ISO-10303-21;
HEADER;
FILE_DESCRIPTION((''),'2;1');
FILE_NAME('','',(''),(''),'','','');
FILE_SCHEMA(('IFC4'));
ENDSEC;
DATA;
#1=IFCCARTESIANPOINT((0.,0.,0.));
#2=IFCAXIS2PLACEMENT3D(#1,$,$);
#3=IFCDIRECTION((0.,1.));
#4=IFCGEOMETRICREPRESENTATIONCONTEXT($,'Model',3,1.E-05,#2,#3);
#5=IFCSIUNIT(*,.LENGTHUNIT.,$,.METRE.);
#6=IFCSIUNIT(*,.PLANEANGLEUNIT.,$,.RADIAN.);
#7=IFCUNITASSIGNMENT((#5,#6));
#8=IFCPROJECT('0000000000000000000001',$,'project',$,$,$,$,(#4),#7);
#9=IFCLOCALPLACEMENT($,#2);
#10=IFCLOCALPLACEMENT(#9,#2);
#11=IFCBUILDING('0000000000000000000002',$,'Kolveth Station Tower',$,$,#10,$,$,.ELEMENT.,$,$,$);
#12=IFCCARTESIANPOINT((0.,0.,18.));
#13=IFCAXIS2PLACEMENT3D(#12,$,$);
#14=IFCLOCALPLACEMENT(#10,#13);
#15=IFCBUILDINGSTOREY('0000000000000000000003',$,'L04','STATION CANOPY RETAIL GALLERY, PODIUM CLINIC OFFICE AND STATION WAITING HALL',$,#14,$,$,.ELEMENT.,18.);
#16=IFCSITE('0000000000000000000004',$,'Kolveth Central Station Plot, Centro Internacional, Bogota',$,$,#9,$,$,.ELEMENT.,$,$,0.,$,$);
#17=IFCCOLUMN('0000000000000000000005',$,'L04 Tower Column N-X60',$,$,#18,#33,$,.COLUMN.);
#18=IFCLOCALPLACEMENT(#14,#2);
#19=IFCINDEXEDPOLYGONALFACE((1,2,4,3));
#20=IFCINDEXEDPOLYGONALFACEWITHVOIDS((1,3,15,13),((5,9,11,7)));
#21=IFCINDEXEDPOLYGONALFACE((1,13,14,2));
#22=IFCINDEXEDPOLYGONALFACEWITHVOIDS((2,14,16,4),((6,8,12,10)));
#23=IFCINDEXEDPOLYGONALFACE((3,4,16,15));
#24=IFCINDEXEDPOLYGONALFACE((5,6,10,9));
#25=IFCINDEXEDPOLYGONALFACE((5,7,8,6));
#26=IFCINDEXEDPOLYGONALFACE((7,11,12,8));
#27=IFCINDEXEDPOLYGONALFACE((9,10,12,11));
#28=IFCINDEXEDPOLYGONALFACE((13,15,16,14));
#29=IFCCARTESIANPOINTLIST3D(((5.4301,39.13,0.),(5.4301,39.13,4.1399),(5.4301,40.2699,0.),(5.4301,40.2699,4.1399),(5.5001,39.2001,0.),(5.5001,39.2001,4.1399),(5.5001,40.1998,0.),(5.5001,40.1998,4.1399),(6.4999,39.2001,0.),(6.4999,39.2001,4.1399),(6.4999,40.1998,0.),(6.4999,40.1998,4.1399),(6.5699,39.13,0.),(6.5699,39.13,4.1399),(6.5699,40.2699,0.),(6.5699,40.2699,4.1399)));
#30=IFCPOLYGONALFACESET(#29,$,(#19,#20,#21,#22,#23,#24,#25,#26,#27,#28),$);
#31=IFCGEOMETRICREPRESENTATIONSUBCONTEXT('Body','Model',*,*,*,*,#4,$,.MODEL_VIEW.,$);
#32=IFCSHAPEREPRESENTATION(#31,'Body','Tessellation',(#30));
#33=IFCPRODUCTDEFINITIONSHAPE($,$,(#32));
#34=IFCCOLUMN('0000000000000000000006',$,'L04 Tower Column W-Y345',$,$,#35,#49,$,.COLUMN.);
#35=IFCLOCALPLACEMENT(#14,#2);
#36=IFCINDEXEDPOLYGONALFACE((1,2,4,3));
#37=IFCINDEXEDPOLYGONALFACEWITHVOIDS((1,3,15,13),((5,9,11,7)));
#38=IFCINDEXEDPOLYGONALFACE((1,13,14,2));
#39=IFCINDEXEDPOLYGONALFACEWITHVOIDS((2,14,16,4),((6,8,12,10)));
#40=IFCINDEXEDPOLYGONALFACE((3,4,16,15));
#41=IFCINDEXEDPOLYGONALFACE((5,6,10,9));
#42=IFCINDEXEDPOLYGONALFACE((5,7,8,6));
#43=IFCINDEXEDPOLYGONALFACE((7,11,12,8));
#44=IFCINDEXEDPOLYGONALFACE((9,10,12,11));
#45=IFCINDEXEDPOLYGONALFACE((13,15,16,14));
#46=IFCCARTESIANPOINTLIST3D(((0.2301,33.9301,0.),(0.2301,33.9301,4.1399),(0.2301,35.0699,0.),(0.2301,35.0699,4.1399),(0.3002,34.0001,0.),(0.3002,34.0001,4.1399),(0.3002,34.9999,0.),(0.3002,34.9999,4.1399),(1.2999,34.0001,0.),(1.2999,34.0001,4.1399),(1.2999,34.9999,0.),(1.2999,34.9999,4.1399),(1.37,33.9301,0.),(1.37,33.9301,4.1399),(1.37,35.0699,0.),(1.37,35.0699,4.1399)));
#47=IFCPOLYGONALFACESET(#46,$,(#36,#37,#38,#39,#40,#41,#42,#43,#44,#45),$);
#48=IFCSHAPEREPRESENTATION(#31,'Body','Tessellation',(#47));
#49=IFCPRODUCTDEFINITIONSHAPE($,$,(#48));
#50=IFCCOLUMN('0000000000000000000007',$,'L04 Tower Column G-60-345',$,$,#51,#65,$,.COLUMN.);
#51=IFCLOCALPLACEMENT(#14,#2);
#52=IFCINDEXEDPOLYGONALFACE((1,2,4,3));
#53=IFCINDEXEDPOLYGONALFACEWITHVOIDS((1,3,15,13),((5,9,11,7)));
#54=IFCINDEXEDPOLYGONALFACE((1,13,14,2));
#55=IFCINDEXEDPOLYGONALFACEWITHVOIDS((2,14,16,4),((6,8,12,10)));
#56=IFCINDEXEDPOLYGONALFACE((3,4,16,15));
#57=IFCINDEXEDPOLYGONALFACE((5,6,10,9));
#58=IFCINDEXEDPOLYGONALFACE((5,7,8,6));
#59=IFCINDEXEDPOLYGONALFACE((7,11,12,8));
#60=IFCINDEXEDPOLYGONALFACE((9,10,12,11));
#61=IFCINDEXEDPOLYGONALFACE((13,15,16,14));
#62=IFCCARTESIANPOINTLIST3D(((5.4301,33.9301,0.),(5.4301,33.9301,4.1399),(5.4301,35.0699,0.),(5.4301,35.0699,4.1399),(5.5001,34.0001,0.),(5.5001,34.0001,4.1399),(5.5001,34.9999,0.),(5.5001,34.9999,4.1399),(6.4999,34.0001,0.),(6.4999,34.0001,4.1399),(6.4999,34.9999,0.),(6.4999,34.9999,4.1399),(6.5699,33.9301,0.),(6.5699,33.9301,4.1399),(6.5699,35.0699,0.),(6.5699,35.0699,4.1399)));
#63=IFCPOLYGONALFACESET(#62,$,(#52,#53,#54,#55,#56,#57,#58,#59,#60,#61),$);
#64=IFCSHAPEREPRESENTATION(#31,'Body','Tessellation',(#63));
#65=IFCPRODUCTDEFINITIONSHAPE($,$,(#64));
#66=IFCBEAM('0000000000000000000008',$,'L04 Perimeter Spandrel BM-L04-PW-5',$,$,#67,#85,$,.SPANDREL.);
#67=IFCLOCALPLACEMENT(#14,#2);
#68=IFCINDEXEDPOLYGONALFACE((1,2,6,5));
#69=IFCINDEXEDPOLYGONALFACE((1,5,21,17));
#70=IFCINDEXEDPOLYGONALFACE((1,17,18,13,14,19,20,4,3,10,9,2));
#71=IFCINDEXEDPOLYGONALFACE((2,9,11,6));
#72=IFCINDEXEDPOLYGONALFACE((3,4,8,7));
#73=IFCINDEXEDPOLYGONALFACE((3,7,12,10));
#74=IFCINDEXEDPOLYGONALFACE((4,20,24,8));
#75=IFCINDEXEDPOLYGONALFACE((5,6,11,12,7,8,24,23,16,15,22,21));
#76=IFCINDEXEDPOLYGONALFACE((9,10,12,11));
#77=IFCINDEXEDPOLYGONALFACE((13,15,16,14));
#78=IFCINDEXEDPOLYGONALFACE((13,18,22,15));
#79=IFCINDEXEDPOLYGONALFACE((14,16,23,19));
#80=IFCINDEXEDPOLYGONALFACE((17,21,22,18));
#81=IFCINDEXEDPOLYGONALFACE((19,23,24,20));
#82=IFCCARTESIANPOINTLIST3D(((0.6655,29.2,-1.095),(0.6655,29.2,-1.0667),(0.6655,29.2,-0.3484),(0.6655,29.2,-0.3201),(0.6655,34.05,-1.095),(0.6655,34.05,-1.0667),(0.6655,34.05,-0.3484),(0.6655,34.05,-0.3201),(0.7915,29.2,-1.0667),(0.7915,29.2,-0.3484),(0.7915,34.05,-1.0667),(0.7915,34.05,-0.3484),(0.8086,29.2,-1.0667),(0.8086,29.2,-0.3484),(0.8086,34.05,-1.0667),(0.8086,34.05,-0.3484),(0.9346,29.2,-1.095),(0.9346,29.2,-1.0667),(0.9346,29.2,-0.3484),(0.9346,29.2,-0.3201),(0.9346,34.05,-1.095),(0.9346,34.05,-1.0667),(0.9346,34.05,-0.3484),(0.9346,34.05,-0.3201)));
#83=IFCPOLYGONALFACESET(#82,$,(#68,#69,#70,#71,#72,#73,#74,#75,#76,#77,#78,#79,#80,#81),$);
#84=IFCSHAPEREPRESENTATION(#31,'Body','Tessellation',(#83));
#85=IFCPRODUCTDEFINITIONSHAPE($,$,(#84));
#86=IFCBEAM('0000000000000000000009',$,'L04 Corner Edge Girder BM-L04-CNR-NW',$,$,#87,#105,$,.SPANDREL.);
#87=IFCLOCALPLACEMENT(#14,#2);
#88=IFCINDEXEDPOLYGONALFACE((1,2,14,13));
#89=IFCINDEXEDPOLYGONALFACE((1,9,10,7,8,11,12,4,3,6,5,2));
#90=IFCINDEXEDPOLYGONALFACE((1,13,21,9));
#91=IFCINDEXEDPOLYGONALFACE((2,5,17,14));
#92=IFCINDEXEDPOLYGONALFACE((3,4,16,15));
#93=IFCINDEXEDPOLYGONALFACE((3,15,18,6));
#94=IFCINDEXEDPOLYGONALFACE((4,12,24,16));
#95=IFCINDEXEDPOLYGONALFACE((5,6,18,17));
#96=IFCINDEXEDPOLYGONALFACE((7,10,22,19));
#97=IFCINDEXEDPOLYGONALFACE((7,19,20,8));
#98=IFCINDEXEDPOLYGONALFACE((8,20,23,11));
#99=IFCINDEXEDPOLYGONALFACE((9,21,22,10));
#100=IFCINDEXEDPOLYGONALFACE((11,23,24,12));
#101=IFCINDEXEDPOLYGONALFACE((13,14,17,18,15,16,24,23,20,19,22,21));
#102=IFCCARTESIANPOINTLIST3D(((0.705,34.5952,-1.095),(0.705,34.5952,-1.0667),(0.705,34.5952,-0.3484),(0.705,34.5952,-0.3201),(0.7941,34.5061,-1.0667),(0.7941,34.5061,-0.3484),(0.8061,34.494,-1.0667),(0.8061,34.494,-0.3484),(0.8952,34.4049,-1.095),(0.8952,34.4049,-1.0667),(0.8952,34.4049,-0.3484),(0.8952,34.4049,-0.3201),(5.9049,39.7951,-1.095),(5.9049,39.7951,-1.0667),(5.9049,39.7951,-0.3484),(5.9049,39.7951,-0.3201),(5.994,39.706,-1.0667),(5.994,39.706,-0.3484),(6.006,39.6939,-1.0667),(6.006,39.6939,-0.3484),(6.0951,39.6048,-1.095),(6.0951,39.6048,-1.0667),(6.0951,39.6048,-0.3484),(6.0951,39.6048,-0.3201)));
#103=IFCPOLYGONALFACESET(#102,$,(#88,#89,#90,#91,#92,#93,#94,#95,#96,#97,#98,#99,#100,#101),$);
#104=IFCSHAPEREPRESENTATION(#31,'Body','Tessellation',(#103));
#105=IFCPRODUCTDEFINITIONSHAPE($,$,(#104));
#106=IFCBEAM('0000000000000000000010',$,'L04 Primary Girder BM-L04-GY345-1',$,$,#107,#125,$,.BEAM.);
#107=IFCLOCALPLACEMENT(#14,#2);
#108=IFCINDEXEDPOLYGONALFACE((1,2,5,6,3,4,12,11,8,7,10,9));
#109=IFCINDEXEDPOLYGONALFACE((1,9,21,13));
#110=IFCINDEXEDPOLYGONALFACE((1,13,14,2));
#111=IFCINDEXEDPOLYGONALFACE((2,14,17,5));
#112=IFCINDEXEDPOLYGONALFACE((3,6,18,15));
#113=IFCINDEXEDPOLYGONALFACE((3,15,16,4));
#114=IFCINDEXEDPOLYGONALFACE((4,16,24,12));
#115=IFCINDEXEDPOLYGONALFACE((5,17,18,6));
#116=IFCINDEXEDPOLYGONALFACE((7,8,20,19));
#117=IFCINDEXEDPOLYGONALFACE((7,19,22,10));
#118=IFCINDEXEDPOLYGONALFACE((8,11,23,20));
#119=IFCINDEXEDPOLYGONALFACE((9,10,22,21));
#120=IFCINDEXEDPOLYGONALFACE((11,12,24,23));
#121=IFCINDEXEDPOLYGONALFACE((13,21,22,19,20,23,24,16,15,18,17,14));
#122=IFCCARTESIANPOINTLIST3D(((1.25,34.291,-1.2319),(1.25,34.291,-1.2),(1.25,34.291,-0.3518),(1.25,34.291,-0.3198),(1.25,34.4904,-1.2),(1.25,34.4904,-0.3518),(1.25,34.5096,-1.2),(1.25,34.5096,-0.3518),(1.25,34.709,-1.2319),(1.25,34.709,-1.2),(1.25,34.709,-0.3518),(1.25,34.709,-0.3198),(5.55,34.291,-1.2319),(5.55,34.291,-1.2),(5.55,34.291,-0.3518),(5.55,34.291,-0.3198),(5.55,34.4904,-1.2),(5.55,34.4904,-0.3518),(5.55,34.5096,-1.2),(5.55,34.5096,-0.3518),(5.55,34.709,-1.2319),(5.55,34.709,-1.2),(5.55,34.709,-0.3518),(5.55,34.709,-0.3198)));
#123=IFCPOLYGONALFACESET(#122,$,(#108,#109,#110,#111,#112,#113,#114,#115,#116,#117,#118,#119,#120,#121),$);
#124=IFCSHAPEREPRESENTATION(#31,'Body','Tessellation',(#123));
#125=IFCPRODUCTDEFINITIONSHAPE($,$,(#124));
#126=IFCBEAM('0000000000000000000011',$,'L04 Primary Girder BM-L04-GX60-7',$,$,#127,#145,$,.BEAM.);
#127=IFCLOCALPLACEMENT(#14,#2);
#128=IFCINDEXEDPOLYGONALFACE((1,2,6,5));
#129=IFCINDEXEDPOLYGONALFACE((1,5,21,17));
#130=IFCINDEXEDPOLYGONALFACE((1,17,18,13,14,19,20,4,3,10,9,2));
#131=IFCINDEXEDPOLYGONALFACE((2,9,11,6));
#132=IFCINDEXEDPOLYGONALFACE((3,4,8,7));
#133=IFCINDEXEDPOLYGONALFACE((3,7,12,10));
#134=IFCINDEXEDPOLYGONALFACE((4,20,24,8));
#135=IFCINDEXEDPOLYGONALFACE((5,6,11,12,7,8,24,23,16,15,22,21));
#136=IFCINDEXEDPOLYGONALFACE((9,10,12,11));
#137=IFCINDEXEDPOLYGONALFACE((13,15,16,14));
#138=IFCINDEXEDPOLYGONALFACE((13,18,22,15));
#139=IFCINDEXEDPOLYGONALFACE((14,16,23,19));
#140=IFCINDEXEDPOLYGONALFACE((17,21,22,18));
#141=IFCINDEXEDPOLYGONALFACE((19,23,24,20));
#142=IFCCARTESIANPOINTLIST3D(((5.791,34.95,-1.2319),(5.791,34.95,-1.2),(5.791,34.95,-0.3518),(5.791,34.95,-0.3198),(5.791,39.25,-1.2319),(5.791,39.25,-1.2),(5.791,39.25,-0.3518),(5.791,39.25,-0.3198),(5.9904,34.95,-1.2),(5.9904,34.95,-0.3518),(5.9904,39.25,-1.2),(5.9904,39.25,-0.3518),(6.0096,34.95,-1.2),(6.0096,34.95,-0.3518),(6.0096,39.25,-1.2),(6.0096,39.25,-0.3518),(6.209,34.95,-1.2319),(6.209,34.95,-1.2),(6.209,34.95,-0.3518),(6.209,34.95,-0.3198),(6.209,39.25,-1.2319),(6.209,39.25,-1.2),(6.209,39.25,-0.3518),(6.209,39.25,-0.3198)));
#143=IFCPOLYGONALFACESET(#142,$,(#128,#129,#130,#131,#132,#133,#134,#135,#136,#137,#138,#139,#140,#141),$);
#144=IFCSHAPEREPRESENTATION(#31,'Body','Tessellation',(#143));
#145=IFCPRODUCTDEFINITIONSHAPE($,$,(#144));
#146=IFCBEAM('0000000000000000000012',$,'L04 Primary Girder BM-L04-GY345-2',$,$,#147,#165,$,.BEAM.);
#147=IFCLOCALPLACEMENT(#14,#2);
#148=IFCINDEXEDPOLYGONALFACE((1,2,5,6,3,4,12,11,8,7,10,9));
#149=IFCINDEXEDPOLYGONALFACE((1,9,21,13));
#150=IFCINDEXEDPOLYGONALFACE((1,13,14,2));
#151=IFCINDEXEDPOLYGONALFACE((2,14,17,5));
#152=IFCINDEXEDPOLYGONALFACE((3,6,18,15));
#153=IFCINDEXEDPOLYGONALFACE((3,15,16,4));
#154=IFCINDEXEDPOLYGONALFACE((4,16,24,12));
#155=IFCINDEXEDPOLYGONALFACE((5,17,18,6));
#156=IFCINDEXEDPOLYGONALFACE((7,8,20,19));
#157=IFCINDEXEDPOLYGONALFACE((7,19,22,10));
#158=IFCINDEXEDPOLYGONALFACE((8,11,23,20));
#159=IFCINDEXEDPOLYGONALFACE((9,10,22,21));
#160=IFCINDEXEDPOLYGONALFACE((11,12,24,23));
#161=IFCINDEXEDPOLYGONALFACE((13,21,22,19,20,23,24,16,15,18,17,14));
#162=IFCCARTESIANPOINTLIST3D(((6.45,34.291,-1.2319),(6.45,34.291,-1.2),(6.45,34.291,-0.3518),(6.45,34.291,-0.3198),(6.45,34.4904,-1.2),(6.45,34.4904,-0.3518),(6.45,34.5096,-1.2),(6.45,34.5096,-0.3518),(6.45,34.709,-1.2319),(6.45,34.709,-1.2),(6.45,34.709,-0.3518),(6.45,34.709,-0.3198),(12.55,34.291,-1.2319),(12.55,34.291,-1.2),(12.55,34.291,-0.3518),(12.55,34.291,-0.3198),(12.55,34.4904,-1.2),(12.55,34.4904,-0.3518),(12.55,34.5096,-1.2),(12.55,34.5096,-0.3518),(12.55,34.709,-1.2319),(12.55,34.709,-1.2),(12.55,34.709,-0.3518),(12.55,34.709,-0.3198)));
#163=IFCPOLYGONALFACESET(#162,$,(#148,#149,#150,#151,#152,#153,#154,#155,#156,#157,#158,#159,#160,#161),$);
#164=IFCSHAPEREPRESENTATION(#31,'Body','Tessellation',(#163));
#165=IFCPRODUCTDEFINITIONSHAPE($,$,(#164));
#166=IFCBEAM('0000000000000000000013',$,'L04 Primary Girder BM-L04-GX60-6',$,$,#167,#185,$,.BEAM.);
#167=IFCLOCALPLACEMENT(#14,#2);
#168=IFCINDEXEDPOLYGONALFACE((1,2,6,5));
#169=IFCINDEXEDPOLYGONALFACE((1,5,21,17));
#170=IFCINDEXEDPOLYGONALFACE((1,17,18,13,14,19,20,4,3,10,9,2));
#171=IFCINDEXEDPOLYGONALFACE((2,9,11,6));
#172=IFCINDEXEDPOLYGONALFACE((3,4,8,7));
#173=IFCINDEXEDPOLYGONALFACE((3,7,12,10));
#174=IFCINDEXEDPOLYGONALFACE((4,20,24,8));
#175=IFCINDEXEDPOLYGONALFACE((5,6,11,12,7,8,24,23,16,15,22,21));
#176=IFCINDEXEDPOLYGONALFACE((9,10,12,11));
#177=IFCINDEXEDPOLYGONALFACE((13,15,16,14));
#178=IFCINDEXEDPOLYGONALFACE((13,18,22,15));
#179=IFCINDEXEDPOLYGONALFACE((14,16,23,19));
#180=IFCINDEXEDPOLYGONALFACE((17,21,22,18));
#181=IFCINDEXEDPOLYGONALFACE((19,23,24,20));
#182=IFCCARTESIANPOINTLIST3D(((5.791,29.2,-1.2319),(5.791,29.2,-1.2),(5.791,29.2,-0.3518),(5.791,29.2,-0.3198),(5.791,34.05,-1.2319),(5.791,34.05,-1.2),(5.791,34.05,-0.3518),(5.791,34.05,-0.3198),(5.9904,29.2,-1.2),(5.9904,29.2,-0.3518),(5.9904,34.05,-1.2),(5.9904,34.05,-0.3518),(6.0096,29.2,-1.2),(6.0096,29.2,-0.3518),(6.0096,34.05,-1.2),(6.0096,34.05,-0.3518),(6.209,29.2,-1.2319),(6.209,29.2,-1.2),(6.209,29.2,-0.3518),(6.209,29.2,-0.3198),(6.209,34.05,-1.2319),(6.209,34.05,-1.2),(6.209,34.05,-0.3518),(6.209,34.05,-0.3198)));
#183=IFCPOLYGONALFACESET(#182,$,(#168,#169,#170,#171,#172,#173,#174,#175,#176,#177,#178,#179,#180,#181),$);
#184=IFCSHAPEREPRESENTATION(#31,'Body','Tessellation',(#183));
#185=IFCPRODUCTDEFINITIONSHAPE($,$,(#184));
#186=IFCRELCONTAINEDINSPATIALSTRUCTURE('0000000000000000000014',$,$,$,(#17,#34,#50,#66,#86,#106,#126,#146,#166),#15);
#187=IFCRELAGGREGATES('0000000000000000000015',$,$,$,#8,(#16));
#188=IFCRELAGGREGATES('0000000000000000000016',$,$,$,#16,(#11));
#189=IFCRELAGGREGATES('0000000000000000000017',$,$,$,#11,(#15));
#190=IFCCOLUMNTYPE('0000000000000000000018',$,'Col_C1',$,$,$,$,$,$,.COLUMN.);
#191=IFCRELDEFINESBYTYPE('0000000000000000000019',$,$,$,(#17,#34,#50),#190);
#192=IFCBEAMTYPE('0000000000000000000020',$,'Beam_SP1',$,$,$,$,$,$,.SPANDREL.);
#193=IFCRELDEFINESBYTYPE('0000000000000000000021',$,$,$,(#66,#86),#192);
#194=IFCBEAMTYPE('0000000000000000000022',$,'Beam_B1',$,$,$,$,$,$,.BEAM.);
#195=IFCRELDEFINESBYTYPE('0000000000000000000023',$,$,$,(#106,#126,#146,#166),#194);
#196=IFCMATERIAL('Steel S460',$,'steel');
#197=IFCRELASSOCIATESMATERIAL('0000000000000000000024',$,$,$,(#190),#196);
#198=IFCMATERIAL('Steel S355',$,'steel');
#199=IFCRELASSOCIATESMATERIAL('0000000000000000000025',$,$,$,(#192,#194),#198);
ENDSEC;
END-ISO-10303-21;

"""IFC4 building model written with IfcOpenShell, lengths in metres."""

from ifc_helpers import new_model, si_unit, direction, frame, origin, origin_2d, place, context, subcontext, project, spatial, hollow_rectangle, i_section, extrude, source, transform, mapped, material, material_profile, profile_set, type_object, element, save


model = new_model("IFC4")

# Units and contexts
model_context = context("Model", 3, precision=1e-05, world=origin(), true_north=direction((0.0, 1.0)))
body_context = subcontext(model_context, "Body", "Model", "MODEL_VIEW")
ifc_project = project(units=[si_unit("LENGTHUNIT", "METRE"), si_unit("PLANEANGLEUNIT", "RADIAN")], contexts=[model_context])

# Site, building, storey
site_placement = place(None, origin())
site = spatial("IfcSite", under=ifc_project, at=site_placement, Name="Kolveth Central Station Plot, Centro Internacional, Bogota", CompositionType="ELEMENT", RefElevation=0.0)
building_placement = place(site_placement, origin())
building = spatial("IfcBuilding", under=site, at=building_placement, Name="Kolveth Station Tower", CompositionType="ELEMENT")
storey_placement = place(building_placement, frame((0.0, 0.0, 18.0)))
storey = spatial("IfcBuildingStorey", under=building, at=storey_placement, Name="L04", Description="STATION CANOPY RETAIL GALLERY, PODIUM CLINIC OFFICE AND STATION WAITING HALL", CompositionType="ELEMENT", Elevation=18.0)

# Columns
ifc_material_1 = material(Name="Steel S460", Category="steel")
ifc_material_profile_1 = material_profile(ifc_material_1, hollow_rectangle(XDim=1.1399, YDim=1.1399, WallThickness=0.0701, at=origin_2d()), Name="BOX1140x1140x70")
ifc_profile_set_1 = profile_set([ifc_material_profile_1], Name="Steel S460")
column_type = type_object("IfcColumnType", Name="Col_C1", PredefinedType="COLUMN", material=ifc_profile_set_1)
shared_shape_1 = source(origin(), body_context, "Body", "SweptSolid", [
    extrude(hollow_rectangle(XDim=1.1399, YDim=1.1399, WallThickness=0.0701, at=origin_2d()), origin(), (0.0, 0.0, 1.0), 4.1399),
])
for number, where, z_axis, x_axis, name in (
    (1, (6.0, 39.7, 0.0), (0.0, 0.0, 1.0), (1.0, 0.0, 0.0), "L04 Tower Column N-X60"),
    (2, (0.8, 34.5, 0.0), (0.0, 0.0, 1.0), (1.0, 0.0, 0.0), "L04 Tower Column W-Y345"),
    (3, (6.0, 34.5, 0.0), (0.0, 0.0, 1.0), (1.0, 0.0, 0.0), "L04 Tower Column G-60-345"),
):
    element("IfcColumn", number, at=place(storey_placement, frame(where, z_axis=z_axis, x_axis=x_axis)), inside=storey, type_object=column_type, Name=name, PredefinedType="COLUMN", context=body_context, shape_type="MappedRepresentation", body=[
        mapped(shared_shape_1, transform((0.0, 0.0, 0.0), x_axis=(1.0, 0.0, 0.0), y_axis=(0.0, 1.0, 0.0), z_axis=(0.0, 0.0, 1.0), scale=1.0)),
    ])

# Beams
ifc_material_2 = material(Name="Steel S355", Category="steel")
ifc_material_profile_2 = material_profile(ifc_material_2, i_section(OverallWidth=0.269, OverallDepth=0.7749, WebThickness=0.0171, FlangeThickness=0.0283, at=origin_2d()), Name="W760x220")
ifc_profile_set_2 = profile_set([ifc_material_profile_2], Name="Steel S355")
beam_type_1 = type_object("IfcBeamType", Name="Beam_SP1", PredefinedType="SPANDREL", material=ifc_profile_set_2)
shared_shape_2 = source(origin(), body_context, "Body", "SweptSolid", [
    extrude(i_section(OverallWidth=0.269, OverallDepth=0.7749, WebThickness=0.0171, FlangeThickness=0.0283, at=origin_2d()), origin(), (0.0, 0.0, 1.0), 4.8501),
])
beam_1_placement = place(storey_placement, frame((0.8, 29.2, -0.7075), z_axis=(0.0, 1.0, 0.0), x_axis=(-1.0, 0.0, 0.0)))
element("IfcBeam", 4, at=beam_1_placement, inside=storey, type_object=beam_type_1, Name="L04 Perimeter Spandrel BM-L04-PW-5", PredefinedType="SPANDREL", context=body_context, shape_type="MappedRepresentation", body=[
    mapped(shared_shape_2, transform((0.0, 0.0, 0.0), x_axis=(1.0, 0.0, 0.0), y_axis=(0.0, 1.0, 0.0), z_axis=(0.0, 0.0, 1.0), scale=1.0)),
])
shared_shape_3 = source(origin(), body_context, "Body", "SweptSolid", [
    extrude(i_section(OverallWidth=0.269, OverallDepth=0.7749, WebThickness=0.0171, FlangeThickness=0.0283, at=origin_2d()), origin(), (0.0, 0.0, 1.0), 7.3538),
])
beam_2_placement = place(storey_placement, frame((6.0, 39.7, -0.7075), z_axis=(-0.707107, -0.707107, 0.0), x_axis=(0.707107, -0.707107, 0.0)))
element("IfcBeam", 5, at=beam_2_placement, inside=storey, type_object=beam_type_1, Name="L04 Corner Edge Girder BM-L04-CNR-NW", PredefinedType="SPANDREL", context=body_context, shape_type="MappedRepresentation", body=[
    mapped(shared_shape_3, transform((0.0, 0.0, 0.0), x_axis=(1.0, 0.0, 0.0), y_axis=(0.0, 1.0, 0.0), z_axis=(0.0, 0.0, 1.0), scale=1.0)),
])
ifc_material_profile_3 = material_profile(ifc_material_2, i_section(OverallWidth=0.418, OverallDepth=0.9121, WebThickness=0.0193, FlangeThickness=0.032, at=origin_2d()), Name="W920x342")
ifc_profile_set_3 = profile_set([ifc_material_profile_3], Name="Steel S355")
beam_type_2 = type_object("IfcBeamType", Name="Beam_B1", PredefinedType="BEAM", material=ifc_profile_set_3)
shared_shape_4 = source(origin(), body_context, "Body", "SweptSolid", [
    extrude(i_section(OverallWidth=0.418, OverallDepth=0.9121, WebThickness=0.0193, FlangeThickness=0.032, at=origin_2d()), origin(), (0.0, 0.0, 1.0), 4.3),
])
for number, where, z_axis, x_axis, name in (
    (6, (1.25, 34.5, -0.7759), (1.0, 0.0, 0.0), (0.0, 1.0, 0.0), "L04 Primary Girder BM-L04-GY345-1"),
    (7, (6.0, 34.95, -0.7759), (0.0, 1.0, 0.0), (-1.0, 0.0, 0.0), "L04 Primary Girder BM-L04-GX60-7"),
):
    element("IfcBeam", number, at=place(storey_placement, frame(where, z_axis=z_axis, x_axis=x_axis)), inside=storey, type_object=beam_type_2, Name=name, PredefinedType="BEAM", context=body_context, shape_type="MappedRepresentation", body=[
        mapped(shared_shape_4, transform((0.0, 0.0, 0.0), x_axis=(1.0, 0.0, 0.0), y_axis=(0.0, 1.0, 0.0), z_axis=(0.0, 0.0, 1.0), scale=1.0)),
    ])
shared_shape_5 = source(origin(), body_context, "Body", "SweptSolid", [
    extrude(i_section(OverallWidth=0.418, OverallDepth=0.9121, WebThickness=0.0193, FlangeThickness=0.032, at=origin_2d()), origin(), (0.0, 0.0, 1.0), 6.1001),
])
beam_3_placement = place(storey_placement, frame((6.45, 34.5, -0.7759), z_axis=(1.0, 0.0, 0.0), x_axis=(0.0, 1.0, 0.0)))
element("IfcBeam", 8, at=beam_3_placement, inside=storey, type_object=beam_type_2, Name="L04 Primary Girder BM-L04-GY345-2", PredefinedType="BEAM", context=body_context, shape_type="MappedRepresentation", body=[
    mapped(shared_shape_5, transform((0.0, 0.0, 0.0), x_axis=(1.0, 0.0, 0.0), y_axis=(0.0, 1.0, 0.0), z_axis=(0.0, 0.0, 1.0), scale=1.0)),
])
shared_shape_6 = source(origin(), body_context, "Body", "SweptSolid", [
    extrude(i_section(OverallWidth=0.418, OverallDepth=0.9121, WebThickness=0.0193, FlangeThickness=0.032, at=origin_2d()), origin(), (0.0, 0.0, 1.0), 4.8501),
])
beam_4_placement = place(storey_placement, frame((6.0, 29.2, -0.7759), z_axis=(0.0, 1.0, 0.0), x_axis=(-1.0, 0.0, 0.0)))
element("IfcBeam", 9, at=beam_4_placement, inside=storey, type_object=beam_type_2, Name="L04 Primary Girder BM-L04-GX60-6", PredefinedType="BEAM", context=body_context, shape_type="MappedRepresentation", body=[
    mapped(shared_shape_6, transform((0.0, 0.0, 0.0), x_axis=(1.0, 0.0, 0.0), y_axis=(0.0, 1.0, 0.0), z_axis=(0.0, 0.0, 1.0), scale=1.0)),
])

save(model, "model.ifc")
